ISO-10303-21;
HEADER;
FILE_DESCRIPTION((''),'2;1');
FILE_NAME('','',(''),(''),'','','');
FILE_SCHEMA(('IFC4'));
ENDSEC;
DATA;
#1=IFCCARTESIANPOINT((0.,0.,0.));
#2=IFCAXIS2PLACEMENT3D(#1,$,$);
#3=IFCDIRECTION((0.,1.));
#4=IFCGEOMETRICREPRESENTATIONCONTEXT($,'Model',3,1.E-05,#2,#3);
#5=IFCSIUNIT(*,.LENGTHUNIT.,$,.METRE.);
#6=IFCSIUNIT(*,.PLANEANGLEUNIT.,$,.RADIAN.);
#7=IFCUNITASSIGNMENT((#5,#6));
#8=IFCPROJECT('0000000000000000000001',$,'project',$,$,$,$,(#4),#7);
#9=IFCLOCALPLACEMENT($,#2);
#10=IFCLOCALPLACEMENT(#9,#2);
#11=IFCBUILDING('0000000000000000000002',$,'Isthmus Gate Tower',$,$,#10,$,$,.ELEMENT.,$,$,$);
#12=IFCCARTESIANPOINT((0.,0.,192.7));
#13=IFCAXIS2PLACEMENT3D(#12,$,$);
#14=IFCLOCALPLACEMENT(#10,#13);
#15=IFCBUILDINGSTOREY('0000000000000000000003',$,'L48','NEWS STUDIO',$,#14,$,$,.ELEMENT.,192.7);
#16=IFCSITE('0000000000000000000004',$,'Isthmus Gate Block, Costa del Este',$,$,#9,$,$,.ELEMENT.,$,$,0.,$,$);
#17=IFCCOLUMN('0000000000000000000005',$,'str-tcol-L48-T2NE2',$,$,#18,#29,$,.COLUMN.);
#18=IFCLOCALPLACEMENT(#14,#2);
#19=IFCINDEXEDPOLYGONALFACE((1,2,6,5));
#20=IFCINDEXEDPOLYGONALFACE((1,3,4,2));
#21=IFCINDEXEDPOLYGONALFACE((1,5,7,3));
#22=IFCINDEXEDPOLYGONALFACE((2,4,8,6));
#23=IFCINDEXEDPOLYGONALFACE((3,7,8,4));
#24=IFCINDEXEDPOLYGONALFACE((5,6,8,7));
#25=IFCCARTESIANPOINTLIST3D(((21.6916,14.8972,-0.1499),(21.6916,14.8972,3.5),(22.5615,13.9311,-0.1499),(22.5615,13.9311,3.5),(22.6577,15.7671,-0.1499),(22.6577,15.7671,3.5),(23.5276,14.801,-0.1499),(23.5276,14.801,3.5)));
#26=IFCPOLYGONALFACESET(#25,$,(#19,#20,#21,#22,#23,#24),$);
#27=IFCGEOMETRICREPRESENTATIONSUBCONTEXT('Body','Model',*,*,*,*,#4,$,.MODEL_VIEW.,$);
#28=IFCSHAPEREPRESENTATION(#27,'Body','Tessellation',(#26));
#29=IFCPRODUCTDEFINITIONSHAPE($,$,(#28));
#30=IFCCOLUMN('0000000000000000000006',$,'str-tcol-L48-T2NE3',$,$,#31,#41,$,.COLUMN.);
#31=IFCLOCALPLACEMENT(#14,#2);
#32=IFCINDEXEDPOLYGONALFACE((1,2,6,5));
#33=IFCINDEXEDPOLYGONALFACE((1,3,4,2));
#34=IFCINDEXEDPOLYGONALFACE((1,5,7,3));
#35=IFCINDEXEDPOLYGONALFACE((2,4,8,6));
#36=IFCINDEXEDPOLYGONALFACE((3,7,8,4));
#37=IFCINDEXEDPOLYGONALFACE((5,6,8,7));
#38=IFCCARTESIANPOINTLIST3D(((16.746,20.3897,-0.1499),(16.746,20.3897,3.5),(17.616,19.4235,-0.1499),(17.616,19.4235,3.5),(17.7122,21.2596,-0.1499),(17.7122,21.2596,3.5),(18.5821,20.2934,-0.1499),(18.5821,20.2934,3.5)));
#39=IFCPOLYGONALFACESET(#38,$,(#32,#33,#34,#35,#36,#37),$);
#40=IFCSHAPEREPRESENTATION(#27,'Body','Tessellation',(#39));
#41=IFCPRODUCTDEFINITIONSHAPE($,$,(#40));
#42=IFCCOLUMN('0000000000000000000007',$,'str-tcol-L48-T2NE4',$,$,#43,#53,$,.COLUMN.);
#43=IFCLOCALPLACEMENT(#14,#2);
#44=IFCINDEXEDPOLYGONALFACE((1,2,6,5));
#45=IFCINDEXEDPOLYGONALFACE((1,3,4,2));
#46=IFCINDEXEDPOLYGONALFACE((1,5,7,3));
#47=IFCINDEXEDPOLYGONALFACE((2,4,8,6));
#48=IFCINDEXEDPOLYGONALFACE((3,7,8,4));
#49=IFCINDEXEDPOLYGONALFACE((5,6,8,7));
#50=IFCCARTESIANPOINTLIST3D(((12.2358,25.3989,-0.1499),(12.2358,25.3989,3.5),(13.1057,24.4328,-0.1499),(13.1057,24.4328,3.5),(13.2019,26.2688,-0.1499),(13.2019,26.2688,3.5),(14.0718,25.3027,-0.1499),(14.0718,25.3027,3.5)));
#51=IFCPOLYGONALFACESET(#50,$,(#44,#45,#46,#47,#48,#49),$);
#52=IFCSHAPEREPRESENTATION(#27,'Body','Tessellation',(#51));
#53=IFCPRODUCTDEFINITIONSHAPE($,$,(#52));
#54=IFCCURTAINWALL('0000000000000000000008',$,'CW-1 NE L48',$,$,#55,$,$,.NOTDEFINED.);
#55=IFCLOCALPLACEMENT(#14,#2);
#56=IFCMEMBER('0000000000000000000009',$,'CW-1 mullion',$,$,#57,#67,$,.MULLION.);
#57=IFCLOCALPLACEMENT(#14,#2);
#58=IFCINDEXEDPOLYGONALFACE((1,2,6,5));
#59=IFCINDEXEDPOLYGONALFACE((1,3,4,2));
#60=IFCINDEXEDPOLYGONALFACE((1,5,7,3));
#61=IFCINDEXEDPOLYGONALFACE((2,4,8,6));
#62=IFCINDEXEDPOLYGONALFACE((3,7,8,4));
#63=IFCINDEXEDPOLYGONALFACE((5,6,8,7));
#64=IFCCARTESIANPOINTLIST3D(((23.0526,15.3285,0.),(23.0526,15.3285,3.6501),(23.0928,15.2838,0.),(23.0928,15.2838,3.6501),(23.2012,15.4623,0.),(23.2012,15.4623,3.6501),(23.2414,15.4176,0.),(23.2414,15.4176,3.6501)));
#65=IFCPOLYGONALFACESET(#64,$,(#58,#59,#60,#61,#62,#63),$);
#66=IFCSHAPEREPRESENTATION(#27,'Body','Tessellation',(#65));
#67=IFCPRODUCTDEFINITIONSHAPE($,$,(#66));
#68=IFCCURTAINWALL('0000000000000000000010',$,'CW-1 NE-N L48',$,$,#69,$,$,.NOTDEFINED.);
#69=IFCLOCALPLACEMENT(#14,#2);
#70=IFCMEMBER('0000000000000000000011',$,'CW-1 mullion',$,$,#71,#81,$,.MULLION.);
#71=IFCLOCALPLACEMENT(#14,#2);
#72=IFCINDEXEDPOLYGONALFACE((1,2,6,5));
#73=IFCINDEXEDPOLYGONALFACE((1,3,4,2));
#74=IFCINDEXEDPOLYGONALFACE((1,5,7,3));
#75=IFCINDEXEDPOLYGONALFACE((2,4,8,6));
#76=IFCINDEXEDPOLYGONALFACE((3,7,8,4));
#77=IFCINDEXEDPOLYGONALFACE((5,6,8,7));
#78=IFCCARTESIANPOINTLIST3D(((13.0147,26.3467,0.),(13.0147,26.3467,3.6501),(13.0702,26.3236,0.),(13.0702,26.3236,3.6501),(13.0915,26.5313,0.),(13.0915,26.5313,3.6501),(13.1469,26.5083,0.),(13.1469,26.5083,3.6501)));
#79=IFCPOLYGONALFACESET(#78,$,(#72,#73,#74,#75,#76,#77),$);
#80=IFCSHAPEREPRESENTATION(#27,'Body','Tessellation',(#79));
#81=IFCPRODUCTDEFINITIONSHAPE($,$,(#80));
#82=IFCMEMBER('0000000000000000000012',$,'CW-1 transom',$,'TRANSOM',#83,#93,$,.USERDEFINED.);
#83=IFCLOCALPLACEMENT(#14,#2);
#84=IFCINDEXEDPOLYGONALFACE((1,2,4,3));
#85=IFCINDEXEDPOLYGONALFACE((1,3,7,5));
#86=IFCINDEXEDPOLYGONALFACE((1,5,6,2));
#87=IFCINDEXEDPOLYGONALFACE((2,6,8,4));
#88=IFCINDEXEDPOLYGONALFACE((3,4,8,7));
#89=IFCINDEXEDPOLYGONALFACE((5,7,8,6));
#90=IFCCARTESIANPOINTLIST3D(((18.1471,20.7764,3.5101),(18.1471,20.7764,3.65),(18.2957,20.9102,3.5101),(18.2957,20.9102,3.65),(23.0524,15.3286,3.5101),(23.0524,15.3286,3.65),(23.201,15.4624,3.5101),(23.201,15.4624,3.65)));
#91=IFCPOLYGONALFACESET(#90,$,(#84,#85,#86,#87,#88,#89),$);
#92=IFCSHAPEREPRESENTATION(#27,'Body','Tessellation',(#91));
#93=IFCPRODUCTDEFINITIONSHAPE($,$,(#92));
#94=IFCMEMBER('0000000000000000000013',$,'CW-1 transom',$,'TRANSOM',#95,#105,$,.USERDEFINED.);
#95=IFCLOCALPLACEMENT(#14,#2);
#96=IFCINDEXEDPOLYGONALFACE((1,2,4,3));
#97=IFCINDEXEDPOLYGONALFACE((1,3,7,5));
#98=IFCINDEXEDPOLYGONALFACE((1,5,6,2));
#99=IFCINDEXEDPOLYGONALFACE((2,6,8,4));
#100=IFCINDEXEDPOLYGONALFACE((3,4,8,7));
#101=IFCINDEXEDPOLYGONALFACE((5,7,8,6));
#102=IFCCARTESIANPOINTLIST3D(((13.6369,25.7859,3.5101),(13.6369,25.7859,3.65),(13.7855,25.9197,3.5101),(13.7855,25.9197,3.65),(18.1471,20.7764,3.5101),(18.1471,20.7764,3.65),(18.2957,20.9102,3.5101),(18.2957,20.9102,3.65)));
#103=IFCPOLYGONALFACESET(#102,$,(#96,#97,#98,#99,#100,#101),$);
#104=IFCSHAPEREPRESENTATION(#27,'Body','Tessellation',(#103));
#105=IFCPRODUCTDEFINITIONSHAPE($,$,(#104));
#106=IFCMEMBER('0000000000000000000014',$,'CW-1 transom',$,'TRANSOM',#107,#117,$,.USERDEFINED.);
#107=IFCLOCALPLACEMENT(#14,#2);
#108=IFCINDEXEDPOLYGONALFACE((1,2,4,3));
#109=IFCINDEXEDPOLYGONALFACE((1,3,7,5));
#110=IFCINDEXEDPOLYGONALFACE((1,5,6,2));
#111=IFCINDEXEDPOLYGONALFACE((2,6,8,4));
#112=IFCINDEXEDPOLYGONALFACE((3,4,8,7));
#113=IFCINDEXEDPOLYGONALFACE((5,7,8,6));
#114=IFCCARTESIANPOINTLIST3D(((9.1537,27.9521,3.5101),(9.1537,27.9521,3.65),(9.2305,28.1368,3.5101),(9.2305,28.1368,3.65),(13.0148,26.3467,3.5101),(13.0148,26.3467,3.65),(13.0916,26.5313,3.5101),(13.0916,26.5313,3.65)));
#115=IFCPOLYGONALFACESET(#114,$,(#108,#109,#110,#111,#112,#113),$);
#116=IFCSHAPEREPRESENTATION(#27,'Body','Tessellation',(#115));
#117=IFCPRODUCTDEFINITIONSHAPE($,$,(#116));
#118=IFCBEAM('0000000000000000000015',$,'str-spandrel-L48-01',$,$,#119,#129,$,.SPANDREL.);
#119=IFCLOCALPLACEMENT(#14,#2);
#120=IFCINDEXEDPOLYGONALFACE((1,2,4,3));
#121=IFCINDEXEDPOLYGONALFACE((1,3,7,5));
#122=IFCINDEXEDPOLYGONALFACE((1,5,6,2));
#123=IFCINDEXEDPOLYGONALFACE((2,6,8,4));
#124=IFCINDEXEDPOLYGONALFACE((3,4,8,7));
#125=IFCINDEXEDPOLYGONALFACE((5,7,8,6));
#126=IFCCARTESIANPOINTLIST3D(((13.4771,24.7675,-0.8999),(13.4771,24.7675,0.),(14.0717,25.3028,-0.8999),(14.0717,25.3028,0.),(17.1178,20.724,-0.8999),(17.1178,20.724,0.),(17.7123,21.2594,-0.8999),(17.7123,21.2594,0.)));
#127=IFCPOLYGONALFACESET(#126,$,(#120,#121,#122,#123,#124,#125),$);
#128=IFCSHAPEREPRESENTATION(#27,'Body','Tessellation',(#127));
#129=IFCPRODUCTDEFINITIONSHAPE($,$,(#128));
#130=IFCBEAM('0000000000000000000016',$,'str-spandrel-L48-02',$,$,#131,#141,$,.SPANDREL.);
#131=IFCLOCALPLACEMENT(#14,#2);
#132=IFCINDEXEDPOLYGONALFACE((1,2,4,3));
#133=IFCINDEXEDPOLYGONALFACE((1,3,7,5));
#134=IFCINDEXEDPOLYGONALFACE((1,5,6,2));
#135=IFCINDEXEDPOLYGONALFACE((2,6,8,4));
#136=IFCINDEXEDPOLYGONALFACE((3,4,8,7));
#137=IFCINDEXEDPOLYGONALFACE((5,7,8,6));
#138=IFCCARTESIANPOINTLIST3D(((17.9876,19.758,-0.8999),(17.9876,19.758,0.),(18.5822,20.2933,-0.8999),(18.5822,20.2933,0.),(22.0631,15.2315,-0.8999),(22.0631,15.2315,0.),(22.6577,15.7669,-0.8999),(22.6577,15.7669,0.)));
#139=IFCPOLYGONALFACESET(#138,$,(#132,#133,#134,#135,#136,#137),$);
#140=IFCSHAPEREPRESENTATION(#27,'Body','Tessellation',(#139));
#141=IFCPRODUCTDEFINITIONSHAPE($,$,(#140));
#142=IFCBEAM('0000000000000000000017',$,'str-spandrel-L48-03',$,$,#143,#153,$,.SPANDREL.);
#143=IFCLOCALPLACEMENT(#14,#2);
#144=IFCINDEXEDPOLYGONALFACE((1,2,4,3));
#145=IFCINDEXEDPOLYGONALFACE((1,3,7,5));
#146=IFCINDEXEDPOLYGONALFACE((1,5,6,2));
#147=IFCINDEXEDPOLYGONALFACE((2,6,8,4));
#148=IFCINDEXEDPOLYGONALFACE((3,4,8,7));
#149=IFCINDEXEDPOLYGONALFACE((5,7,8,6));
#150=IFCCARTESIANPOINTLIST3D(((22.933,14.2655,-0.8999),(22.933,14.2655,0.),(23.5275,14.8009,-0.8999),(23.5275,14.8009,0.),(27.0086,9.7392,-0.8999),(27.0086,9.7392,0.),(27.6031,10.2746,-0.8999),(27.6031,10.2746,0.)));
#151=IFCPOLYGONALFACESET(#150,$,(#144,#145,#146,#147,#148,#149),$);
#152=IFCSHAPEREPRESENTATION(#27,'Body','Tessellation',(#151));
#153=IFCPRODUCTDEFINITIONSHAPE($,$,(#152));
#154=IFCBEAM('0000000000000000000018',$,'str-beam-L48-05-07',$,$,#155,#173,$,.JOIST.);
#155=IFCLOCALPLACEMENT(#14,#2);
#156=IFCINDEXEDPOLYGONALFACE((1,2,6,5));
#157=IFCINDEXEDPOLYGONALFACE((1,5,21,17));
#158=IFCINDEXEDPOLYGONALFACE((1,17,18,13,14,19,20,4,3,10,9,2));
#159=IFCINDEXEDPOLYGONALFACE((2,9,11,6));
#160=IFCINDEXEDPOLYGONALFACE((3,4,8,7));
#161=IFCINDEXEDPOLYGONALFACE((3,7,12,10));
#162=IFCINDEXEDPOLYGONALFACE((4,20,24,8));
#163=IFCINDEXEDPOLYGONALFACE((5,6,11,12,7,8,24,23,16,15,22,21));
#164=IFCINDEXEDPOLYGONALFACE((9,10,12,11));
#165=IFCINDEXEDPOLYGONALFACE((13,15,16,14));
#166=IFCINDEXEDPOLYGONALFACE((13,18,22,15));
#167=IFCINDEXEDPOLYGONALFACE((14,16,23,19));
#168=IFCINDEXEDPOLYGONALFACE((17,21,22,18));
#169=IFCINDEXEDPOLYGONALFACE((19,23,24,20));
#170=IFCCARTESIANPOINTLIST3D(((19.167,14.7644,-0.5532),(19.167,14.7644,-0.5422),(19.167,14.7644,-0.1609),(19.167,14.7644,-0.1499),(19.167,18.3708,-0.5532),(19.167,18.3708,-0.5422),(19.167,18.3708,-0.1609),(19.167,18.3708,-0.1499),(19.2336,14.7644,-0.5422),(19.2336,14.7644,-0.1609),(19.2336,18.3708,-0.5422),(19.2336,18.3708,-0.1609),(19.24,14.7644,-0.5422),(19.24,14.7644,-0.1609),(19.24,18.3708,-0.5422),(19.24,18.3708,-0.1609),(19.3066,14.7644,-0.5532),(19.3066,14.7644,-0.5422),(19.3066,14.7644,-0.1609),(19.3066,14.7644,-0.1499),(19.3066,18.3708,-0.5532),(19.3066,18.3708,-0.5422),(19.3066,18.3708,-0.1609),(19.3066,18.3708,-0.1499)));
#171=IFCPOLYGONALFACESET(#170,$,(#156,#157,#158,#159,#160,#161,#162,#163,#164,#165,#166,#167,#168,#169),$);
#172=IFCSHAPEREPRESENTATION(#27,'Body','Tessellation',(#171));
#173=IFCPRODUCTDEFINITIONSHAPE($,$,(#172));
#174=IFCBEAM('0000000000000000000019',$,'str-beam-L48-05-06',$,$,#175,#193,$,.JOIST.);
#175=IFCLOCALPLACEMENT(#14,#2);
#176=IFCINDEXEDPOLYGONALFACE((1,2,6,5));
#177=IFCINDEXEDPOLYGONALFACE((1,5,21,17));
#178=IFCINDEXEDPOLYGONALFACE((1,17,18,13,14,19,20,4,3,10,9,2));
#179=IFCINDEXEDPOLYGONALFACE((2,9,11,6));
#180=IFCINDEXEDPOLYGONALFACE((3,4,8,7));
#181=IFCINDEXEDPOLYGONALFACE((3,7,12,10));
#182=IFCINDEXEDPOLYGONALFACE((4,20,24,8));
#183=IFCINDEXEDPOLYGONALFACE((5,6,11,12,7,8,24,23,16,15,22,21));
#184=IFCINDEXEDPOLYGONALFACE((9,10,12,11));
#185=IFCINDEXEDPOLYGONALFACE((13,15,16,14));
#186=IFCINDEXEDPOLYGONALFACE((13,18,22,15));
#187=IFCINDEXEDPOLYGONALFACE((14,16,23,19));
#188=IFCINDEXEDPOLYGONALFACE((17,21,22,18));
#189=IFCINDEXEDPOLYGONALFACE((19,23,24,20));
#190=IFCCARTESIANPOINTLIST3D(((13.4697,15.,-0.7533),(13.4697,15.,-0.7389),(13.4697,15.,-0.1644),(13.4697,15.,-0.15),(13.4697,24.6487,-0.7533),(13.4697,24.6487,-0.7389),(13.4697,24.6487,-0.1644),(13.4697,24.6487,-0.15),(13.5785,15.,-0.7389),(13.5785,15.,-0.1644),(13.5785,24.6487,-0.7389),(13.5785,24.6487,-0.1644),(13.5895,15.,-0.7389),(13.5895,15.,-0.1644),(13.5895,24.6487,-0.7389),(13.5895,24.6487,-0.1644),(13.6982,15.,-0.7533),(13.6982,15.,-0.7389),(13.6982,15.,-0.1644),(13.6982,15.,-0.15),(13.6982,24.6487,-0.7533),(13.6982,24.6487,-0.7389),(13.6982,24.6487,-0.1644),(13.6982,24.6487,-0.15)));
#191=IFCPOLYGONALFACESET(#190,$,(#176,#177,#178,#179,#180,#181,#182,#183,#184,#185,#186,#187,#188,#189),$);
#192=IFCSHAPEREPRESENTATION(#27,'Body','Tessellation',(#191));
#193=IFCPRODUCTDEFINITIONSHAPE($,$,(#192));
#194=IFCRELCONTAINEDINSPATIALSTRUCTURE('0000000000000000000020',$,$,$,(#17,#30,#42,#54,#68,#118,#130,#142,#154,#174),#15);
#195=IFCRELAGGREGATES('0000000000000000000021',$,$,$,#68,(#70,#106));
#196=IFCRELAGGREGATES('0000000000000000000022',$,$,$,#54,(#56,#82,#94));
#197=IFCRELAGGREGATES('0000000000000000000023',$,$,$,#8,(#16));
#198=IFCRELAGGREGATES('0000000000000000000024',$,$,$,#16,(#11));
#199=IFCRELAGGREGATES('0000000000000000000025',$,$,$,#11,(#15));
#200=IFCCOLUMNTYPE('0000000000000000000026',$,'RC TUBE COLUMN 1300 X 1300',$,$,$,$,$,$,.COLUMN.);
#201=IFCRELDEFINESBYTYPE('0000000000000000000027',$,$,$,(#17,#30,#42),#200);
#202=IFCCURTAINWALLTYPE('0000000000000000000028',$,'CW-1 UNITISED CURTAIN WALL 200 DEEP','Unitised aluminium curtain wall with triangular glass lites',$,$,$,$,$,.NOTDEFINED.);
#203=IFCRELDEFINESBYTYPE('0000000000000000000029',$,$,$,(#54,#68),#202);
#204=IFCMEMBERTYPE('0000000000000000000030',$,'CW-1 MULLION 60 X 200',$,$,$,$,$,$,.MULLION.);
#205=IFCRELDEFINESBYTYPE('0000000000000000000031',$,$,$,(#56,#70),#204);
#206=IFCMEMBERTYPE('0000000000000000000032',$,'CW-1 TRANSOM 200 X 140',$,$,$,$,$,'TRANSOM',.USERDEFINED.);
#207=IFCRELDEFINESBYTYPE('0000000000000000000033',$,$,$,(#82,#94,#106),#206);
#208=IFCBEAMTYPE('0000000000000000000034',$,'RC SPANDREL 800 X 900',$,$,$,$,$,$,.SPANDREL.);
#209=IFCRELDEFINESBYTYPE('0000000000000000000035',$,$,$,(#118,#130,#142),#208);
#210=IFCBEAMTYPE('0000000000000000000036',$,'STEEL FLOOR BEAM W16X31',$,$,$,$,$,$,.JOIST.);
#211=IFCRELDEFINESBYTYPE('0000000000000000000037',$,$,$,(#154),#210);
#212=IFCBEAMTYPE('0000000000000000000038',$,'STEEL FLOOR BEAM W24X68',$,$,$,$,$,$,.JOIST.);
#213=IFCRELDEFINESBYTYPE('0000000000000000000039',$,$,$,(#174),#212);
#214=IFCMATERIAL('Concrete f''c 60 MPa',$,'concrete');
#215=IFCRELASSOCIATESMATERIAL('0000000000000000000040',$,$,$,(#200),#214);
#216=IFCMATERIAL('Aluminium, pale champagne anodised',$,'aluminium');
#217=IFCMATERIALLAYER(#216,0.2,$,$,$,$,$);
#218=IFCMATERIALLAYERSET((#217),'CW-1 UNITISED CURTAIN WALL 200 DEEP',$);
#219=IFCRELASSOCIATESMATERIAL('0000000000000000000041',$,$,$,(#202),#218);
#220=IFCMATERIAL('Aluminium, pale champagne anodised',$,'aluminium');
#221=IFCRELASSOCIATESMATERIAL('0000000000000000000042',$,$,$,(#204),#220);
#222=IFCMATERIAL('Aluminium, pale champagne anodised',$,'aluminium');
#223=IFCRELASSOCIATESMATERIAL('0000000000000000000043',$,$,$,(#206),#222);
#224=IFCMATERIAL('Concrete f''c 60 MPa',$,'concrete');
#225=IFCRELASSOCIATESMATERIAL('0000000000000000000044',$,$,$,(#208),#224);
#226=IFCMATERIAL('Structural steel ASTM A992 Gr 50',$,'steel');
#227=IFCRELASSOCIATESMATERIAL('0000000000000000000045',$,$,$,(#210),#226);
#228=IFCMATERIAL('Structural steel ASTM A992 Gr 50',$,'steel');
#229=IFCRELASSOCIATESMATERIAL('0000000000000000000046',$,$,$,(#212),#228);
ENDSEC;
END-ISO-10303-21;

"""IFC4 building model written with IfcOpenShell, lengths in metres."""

from ifc_helpers import new_model, si_unit, direction, frame, origin, origin_2d, place, context, subcontext, project, spatial, rectangle, i_section, extrude, material, layer, layer_set, material_profile, profile_set, type_object, element, aggregate, save


model = new_model("IFC4")

# Units and contexts
model_context = context("Model", 3, precision=1e-05, world=origin(), true_north=direction((0.0, 1.0)))
body_context = subcontext(model_context, "Body", "Model", "MODEL_VIEW")
ifc_project = project(units=[si_unit("LENGTHUNIT", "METRE"), si_unit("PLANEANGLEUNIT", "RADIAN")], contexts=[model_context])

# Site, building, storey
site_placement = place(None, origin())
site = spatial("IfcSite", under=ifc_project, at=site_placement, Name="Isthmus Gate Block, Costa del Este", CompositionType="ELEMENT", RefElevation=0.0)
building_placement = place(site_placement, origin())
building = spatial("IfcBuilding", under=site, at=building_placement, Name="Isthmus Gate Tower", CompositionType="ELEMENT")
storey_placement = place(building_placement, frame((0.0, 0.0, 192.7)))
storey = spatial("IfcBuildingStorey", under=building, at=storey_placement, Name="L48", Description="NEWS STUDIO", CompositionType="ELEMENT", Elevation=192.7)

# Columns
ifc_material_1 = material(Name="Concrete f'c 60 MPa", Category="concrete")
ifc_material_profile_1 = material_profile(ifc_material_1, rectangle(XDim=1.3, YDim=1.3, at=origin_2d()), Name="RC 1300X1300")
ifc_profile_set_1 = profile_set([ifc_material_profile_1], Name="Concrete f'c 60 MPa")
column_type = type_object("IfcColumnType", Name="RC TUBE COLUMN 1300 X 1300", PredefinedType="COLUMN", material=ifc_profile_set_1)
for number, where, z_axis, x_axis, name in (
    (1, (22.6096, 14.8491, -0.1499), (0.0, 0.0, 1.0), (-0.669131, 0.743145, 0.0), "str-tcol-L48-T2NE2"),
    (2, (17.6641, 20.3416, -0.1499), (0.0, 0.0, 1.0), (-0.669131, 0.743145, 0.0), "str-tcol-L48-T2NE3"),
    (3, (13.1538, 25.3508, -0.1499), (0.0, 0.0, 1.0), (-0.669131, 0.743145, 0.0), "str-tcol-L48-T2NE4"),
):
    element("IfcColumn", number, at=place(storey_placement, frame(where, z_axis=z_axis, x_axis=x_axis)), inside=storey, type_object=column_type, Name=name, PredefinedType="COLUMN", context=body_context, shape_type="SweptSolid", body=[
        extrude(rectangle(XDim=1.3, YDim=1.3, at=origin_2d()), origin(), (0.0, 0.0, 1.0), 3.6499),
    ])

# Curtain walls, members
ifc_material_2 = material(Name="Aluminium, pale champagne anodised", Category="aluminium")
ifc_layer_1 = layer(ifc_material_2, 0.2)
ifc_layer_set_1 = layer_set([ifc_layer_1], Name="CW-1 UNITISED CURTAIN WALL 200 DEEP")
curtain_wall_type = type_object("IfcCurtainWallType", Name="CW-1 UNITISED CURTAIN WALL 200 DEEP", Description="Unitised aluminium curtain wall with triangular glass lites", PredefinedType="NOTDEFINED", material=ifc_layer_set_1)
curtain_wall_1_placement = place(storey_placement, origin())
curtain_wall_1 = element("IfcCurtainWall", 4, at=curtain_wall_1_placement, inside=storey, type_object=curtain_wall_type, Name="CW-1 NE L48", PredefinedType="NOTDEFINED")
ifc_material_3 = material(Name="Aluminium, pale champagne anodised", Category="aluminium")
ifc_material_profile_2 = material_profile(ifc_material_3, rectangle(XDim=0.0601, YDim=0.2, at=origin_2d()), Name="60x200")
ifc_profile_set_2 = profile_set([ifc_material_profile_2], Name="Aluminium, pale champagne anodised")
member_type_1 = type_object("IfcMemberType", Name="CW-1 MULLION 60 X 200", PredefinedType="MULLION", material=ifc_profile_set_2)
member_1_placement = place(storey_placement, frame((23.147, 15.373, 0.0), z_axis=(0.0, 0.0, 1.0), x_axis=(-0.669131, 0.743145, 0.0)))
member_1 = element("IfcMember", 5, at=member_1_placement, type_object=member_type_1, Name="CW-1 mullion", PredefinedType="MULLION", context=body_context, shape_type="SweptSolid", body=[
    extrude(rectangle(XDim=0.0601, YDim=0.2, at=origin_2d()), origin(), (0.0, 0.0, 1.0), 3.6501),
])
curtain_wall_2_placement = place(storey_placement, origin())
curtain_wall_2 = element("IfcCurtainWall", 6, at=curtain_wall_2_placement, inside=storey, type_object=curtain_wall_type, Name="CW-1 NE-N L48", PredefinedType="NOTDEFINED")
member_2_placement = place(storey_placement, frame((13.0808, 26.4275, 0.0), z_axis=(0.0, 0.0, 1.0), x_axis=(-0.923353, 0.383952, 0.0)))
member_2 = element("IfcMember", 7, at=member_2_placement, type_object=member_type_1, Name="CW-1 mullion", PredefinedType="MULLION", context=body_context, shape_type="SweptSolid", body=[
    extrude(rectangle(XDim=0.0601, YDim=0.2, at=origin_2d()), origin(), (0.0, 0.0, 1.0), 3.6501),
])

# Members
ifc_material_4 = material(Name="Aluminium, pale champagne anodised", Category="aluminium")
ifc_material_profile_3 = material_profile(ifc_material_4, rectangle(XDim=0.2, YDim=0.1399, at=origin_2d()), Name="200x140")
ifc_profile_set_3 = profile_set([ifc_material_profile_3], Name="Aluminium, pale champagne anodised")
member_type_2 = type_object("IfcMemberType", Name="CW-1 TRANSOM 200 X 140", ElementType="TRANSOM", PredefinedType="USERDEFINED", material=ifc_profile_set_3)
member_3_placement = place(storey_placement, frame((23.1267, 15.3955, 3.5801), z_axis=(-0.669138, 0.743138, 0.0), x_axis=(-0.743138, -0.669138, 0.0)))
member_3 = element("IfcMember", 8, at=member_3_placement, type_object=member_type_2, Name="CW-1 transom", ObjectType="TRANSOM", PredefinedType="USERDEFINED", context=body_context, shape_type="SweptSolid", body=[
    extrude(rectangle(XDim=0.2, YDim=0.1399, at=origin_2d()), origin(), (0.0, 0.0, 1.0), 7.3308),
])
member_4_placement = place(storey_placement, frame((18.2214, 20.8433, 3.5801), z_axis=(-0.669103, 0.74317, 0.0), x_axis=(-0.74317, -0.669103, 0.0)))
member_4 = element("IfcMember", 9, at=member_4_placement, type_object=member_type_2, Name="CW-1 transom", ObjectType="TRANSOM", PredefinedType="USERDEFINED", context=body_context, shape_type="SweptSolid", body=[
    extrude(rectangle(XDim=0.2, YDim=0.1399, at=origin_2d()), origin(), (0.0, 0.0, 1.0), 6.7407),
])
member_5_placement = place(storey_placement, frame((13.0532, 26.439, 3.5801), z_axis=(-0.923358, 0.38394, 0.0), x_axis=(-0.38394, -0.923358, 0.0)))
member_5 = element("IfcMember", 10, at=member_5_placement, type_object=member_type_2, Name="CW-1 transom", ObjectType="TRANSOM", PredefinedType="USERDEFINED", context=body_context, shape_type="SweptSolid", body=[
    extrude(rectangle(XDim=0.2, YDim=0.1399, at=origin_2d()), origin(), (0.0, 0.0, 1.0), 4.1816),
])
aggregate(curtain_wall_2, [member_2, member_5])

# Beams
ifc_material_5 = material(Name="Concrete f'c 60 MPa", Category="concrete")
ifc_material_profile_4 = material_profile(ifc_material_5, rectangle(XDim=0.8, YDim=0.8999, at=origin_2d()), Name="RC 800X900")
ifc_profile_set_4 = profile_set([ifc_material_profile_4], Name="Concrete f'c 60 MPa")
beam_type_1 = type_object("IfcBeamType", Name="RC SPANDREL 800 X 900", PredefinedType="SPANDREL", material=ifc_profile_set_4)
beam_1_placement = place(storey_placement, frame((13.7744, 25.0352, -0.45), z_axis=(0.669118, -0.743156, 0.0), x_axis=(0.743156, 0.669118, 0.0)))
element("IfcBeam", 11, at=beam_1_placement, inside=storey, type_object=beam_type_1, Name="str-spandrel-L48-01", PredefinedType="SPANDREL", context=body_context, shape_type="SweptSolid", body=[
    extrude(rectangle(XDim=0.8, YDim=0.8999, at=origin_2d()), origin(), (0.0, 0.0, 1.0), 5.4409),
])
for number, where, z_axis, x_axis, name in (
    (12, (18.2849, 20.0256, -0.45), (0.66912, -0.743155, 0.0), (0.743155, 0.66912, 0.0), "str-spandrel-L48-02"),
    (13, (23.2302, 14.5332, -0.45), (0.669142, -0.743135, 0.0), (0.743135, 0.669142, 0.0), "str-spandrel-L48-03"),
):
    element("IfcBeam", number, at=place(storey_placement, frame(where, z_axis=z_axis, x_axis=x_axis)), inside=storey, type_object=beam_type_1, Name=name, PredefinedType="SPANDREL", context=body_context, shape_type="SweptSolid", body=[
        extrude(rectangle(XDim=0.8, YDim=0.8999, at=origin_2d()), origin(), (0.0, 0.0, 1.0), 6.0908),
    ])
ifc_material_6 = material(Name="Structural steel ASTM A992 Gr 50", Category="steel")
ifc_material_profile_5 = material_profile(ifc_material_6, i_section(OverallWidth=0.1396, OverallDepth=0.4033, WebThickness=0.0063, FlangeThickness=0.011, at=origin_2d()), Name="W16X31")
ifc_profile_set_5 = profile_set([ifc_material_profile_5], Name="Structural steel ASTM A992 Gr 50")
beam_type_2 = type_object("IfcBeamType", Name="STEEL FLOOR BEAM W16X31", PredefinedType="JOIST", material=ifc_profile_set_5)
beam_2_placement = place(storey_placement, frame((19.2368, 14.7644, -0.3516), z_axis=(0.0, 1.0, 0.0), x_axis=(-1.0, 0.0, 0.0)))
element("IfcBeam", 14, at=beam_2_placement, inside=storey, type_object=beam_type_2, Name="str-beam-L48-05-07", PredefinedType="JOIST", context=body_context, shape_type="SweptSolid", body=[
    extrude(i_section(OverallWidth=0.1396, OverallDepth=0.4033, WebThickness=0.0063, FlangeThickness=0.011, at=origin_2d()), origin(), (0.0, 0.0, 1.0), 3.6064),
])
ifc_material_7 = material(Name="Structural steel ASTM A992 Gr 50", Category="steel")
ifc_material_profile_6 = material_profile(ifc_material_7, i_section(OverallWidth=0.2285, OverallDepth=0.6033, WebThickness=0.011, FlangeThickness=0.0144, at=origin_2d()), Name="W24X68")
ifc_profile_set_6 = profile_set([ifc_material_profile_6], Name="Structural steel ASTM A992 Gr 50")
beam_type_3 = type_object("IfcBeamType", Name="STEEL FLOOR BEAM W24X68", PredefinedType="JOIST", material=ifc_profile_set_6)
beam_3_placement = place(storey_placement, frame((13.584, 15.0, -0.4517), z_axis=(0.0, 1.0, 0.0), x_axis=(-1.0, 0.0, 0.0)))
element("IfcBeam", 15, at=beam_3_placement, inside=storey, type_object=beam_type_3, Name="str-beam-L48-05-06", PredefinedType="JOIST", context=body_context, shape_type="SweptSolid", body=[
    extrude(i_section(OverallWidth=0.2285, OverallDepth=0.6033, WebThickness=0.011, FlangeThickness=0.0144, at=origin_2d()), origin(), (0.0, 0.0, 1.0), 9.6487),
])

aggregate(curtain_wall_1, [member_1, member_3, member_4])

save(model, "model.ifc")
